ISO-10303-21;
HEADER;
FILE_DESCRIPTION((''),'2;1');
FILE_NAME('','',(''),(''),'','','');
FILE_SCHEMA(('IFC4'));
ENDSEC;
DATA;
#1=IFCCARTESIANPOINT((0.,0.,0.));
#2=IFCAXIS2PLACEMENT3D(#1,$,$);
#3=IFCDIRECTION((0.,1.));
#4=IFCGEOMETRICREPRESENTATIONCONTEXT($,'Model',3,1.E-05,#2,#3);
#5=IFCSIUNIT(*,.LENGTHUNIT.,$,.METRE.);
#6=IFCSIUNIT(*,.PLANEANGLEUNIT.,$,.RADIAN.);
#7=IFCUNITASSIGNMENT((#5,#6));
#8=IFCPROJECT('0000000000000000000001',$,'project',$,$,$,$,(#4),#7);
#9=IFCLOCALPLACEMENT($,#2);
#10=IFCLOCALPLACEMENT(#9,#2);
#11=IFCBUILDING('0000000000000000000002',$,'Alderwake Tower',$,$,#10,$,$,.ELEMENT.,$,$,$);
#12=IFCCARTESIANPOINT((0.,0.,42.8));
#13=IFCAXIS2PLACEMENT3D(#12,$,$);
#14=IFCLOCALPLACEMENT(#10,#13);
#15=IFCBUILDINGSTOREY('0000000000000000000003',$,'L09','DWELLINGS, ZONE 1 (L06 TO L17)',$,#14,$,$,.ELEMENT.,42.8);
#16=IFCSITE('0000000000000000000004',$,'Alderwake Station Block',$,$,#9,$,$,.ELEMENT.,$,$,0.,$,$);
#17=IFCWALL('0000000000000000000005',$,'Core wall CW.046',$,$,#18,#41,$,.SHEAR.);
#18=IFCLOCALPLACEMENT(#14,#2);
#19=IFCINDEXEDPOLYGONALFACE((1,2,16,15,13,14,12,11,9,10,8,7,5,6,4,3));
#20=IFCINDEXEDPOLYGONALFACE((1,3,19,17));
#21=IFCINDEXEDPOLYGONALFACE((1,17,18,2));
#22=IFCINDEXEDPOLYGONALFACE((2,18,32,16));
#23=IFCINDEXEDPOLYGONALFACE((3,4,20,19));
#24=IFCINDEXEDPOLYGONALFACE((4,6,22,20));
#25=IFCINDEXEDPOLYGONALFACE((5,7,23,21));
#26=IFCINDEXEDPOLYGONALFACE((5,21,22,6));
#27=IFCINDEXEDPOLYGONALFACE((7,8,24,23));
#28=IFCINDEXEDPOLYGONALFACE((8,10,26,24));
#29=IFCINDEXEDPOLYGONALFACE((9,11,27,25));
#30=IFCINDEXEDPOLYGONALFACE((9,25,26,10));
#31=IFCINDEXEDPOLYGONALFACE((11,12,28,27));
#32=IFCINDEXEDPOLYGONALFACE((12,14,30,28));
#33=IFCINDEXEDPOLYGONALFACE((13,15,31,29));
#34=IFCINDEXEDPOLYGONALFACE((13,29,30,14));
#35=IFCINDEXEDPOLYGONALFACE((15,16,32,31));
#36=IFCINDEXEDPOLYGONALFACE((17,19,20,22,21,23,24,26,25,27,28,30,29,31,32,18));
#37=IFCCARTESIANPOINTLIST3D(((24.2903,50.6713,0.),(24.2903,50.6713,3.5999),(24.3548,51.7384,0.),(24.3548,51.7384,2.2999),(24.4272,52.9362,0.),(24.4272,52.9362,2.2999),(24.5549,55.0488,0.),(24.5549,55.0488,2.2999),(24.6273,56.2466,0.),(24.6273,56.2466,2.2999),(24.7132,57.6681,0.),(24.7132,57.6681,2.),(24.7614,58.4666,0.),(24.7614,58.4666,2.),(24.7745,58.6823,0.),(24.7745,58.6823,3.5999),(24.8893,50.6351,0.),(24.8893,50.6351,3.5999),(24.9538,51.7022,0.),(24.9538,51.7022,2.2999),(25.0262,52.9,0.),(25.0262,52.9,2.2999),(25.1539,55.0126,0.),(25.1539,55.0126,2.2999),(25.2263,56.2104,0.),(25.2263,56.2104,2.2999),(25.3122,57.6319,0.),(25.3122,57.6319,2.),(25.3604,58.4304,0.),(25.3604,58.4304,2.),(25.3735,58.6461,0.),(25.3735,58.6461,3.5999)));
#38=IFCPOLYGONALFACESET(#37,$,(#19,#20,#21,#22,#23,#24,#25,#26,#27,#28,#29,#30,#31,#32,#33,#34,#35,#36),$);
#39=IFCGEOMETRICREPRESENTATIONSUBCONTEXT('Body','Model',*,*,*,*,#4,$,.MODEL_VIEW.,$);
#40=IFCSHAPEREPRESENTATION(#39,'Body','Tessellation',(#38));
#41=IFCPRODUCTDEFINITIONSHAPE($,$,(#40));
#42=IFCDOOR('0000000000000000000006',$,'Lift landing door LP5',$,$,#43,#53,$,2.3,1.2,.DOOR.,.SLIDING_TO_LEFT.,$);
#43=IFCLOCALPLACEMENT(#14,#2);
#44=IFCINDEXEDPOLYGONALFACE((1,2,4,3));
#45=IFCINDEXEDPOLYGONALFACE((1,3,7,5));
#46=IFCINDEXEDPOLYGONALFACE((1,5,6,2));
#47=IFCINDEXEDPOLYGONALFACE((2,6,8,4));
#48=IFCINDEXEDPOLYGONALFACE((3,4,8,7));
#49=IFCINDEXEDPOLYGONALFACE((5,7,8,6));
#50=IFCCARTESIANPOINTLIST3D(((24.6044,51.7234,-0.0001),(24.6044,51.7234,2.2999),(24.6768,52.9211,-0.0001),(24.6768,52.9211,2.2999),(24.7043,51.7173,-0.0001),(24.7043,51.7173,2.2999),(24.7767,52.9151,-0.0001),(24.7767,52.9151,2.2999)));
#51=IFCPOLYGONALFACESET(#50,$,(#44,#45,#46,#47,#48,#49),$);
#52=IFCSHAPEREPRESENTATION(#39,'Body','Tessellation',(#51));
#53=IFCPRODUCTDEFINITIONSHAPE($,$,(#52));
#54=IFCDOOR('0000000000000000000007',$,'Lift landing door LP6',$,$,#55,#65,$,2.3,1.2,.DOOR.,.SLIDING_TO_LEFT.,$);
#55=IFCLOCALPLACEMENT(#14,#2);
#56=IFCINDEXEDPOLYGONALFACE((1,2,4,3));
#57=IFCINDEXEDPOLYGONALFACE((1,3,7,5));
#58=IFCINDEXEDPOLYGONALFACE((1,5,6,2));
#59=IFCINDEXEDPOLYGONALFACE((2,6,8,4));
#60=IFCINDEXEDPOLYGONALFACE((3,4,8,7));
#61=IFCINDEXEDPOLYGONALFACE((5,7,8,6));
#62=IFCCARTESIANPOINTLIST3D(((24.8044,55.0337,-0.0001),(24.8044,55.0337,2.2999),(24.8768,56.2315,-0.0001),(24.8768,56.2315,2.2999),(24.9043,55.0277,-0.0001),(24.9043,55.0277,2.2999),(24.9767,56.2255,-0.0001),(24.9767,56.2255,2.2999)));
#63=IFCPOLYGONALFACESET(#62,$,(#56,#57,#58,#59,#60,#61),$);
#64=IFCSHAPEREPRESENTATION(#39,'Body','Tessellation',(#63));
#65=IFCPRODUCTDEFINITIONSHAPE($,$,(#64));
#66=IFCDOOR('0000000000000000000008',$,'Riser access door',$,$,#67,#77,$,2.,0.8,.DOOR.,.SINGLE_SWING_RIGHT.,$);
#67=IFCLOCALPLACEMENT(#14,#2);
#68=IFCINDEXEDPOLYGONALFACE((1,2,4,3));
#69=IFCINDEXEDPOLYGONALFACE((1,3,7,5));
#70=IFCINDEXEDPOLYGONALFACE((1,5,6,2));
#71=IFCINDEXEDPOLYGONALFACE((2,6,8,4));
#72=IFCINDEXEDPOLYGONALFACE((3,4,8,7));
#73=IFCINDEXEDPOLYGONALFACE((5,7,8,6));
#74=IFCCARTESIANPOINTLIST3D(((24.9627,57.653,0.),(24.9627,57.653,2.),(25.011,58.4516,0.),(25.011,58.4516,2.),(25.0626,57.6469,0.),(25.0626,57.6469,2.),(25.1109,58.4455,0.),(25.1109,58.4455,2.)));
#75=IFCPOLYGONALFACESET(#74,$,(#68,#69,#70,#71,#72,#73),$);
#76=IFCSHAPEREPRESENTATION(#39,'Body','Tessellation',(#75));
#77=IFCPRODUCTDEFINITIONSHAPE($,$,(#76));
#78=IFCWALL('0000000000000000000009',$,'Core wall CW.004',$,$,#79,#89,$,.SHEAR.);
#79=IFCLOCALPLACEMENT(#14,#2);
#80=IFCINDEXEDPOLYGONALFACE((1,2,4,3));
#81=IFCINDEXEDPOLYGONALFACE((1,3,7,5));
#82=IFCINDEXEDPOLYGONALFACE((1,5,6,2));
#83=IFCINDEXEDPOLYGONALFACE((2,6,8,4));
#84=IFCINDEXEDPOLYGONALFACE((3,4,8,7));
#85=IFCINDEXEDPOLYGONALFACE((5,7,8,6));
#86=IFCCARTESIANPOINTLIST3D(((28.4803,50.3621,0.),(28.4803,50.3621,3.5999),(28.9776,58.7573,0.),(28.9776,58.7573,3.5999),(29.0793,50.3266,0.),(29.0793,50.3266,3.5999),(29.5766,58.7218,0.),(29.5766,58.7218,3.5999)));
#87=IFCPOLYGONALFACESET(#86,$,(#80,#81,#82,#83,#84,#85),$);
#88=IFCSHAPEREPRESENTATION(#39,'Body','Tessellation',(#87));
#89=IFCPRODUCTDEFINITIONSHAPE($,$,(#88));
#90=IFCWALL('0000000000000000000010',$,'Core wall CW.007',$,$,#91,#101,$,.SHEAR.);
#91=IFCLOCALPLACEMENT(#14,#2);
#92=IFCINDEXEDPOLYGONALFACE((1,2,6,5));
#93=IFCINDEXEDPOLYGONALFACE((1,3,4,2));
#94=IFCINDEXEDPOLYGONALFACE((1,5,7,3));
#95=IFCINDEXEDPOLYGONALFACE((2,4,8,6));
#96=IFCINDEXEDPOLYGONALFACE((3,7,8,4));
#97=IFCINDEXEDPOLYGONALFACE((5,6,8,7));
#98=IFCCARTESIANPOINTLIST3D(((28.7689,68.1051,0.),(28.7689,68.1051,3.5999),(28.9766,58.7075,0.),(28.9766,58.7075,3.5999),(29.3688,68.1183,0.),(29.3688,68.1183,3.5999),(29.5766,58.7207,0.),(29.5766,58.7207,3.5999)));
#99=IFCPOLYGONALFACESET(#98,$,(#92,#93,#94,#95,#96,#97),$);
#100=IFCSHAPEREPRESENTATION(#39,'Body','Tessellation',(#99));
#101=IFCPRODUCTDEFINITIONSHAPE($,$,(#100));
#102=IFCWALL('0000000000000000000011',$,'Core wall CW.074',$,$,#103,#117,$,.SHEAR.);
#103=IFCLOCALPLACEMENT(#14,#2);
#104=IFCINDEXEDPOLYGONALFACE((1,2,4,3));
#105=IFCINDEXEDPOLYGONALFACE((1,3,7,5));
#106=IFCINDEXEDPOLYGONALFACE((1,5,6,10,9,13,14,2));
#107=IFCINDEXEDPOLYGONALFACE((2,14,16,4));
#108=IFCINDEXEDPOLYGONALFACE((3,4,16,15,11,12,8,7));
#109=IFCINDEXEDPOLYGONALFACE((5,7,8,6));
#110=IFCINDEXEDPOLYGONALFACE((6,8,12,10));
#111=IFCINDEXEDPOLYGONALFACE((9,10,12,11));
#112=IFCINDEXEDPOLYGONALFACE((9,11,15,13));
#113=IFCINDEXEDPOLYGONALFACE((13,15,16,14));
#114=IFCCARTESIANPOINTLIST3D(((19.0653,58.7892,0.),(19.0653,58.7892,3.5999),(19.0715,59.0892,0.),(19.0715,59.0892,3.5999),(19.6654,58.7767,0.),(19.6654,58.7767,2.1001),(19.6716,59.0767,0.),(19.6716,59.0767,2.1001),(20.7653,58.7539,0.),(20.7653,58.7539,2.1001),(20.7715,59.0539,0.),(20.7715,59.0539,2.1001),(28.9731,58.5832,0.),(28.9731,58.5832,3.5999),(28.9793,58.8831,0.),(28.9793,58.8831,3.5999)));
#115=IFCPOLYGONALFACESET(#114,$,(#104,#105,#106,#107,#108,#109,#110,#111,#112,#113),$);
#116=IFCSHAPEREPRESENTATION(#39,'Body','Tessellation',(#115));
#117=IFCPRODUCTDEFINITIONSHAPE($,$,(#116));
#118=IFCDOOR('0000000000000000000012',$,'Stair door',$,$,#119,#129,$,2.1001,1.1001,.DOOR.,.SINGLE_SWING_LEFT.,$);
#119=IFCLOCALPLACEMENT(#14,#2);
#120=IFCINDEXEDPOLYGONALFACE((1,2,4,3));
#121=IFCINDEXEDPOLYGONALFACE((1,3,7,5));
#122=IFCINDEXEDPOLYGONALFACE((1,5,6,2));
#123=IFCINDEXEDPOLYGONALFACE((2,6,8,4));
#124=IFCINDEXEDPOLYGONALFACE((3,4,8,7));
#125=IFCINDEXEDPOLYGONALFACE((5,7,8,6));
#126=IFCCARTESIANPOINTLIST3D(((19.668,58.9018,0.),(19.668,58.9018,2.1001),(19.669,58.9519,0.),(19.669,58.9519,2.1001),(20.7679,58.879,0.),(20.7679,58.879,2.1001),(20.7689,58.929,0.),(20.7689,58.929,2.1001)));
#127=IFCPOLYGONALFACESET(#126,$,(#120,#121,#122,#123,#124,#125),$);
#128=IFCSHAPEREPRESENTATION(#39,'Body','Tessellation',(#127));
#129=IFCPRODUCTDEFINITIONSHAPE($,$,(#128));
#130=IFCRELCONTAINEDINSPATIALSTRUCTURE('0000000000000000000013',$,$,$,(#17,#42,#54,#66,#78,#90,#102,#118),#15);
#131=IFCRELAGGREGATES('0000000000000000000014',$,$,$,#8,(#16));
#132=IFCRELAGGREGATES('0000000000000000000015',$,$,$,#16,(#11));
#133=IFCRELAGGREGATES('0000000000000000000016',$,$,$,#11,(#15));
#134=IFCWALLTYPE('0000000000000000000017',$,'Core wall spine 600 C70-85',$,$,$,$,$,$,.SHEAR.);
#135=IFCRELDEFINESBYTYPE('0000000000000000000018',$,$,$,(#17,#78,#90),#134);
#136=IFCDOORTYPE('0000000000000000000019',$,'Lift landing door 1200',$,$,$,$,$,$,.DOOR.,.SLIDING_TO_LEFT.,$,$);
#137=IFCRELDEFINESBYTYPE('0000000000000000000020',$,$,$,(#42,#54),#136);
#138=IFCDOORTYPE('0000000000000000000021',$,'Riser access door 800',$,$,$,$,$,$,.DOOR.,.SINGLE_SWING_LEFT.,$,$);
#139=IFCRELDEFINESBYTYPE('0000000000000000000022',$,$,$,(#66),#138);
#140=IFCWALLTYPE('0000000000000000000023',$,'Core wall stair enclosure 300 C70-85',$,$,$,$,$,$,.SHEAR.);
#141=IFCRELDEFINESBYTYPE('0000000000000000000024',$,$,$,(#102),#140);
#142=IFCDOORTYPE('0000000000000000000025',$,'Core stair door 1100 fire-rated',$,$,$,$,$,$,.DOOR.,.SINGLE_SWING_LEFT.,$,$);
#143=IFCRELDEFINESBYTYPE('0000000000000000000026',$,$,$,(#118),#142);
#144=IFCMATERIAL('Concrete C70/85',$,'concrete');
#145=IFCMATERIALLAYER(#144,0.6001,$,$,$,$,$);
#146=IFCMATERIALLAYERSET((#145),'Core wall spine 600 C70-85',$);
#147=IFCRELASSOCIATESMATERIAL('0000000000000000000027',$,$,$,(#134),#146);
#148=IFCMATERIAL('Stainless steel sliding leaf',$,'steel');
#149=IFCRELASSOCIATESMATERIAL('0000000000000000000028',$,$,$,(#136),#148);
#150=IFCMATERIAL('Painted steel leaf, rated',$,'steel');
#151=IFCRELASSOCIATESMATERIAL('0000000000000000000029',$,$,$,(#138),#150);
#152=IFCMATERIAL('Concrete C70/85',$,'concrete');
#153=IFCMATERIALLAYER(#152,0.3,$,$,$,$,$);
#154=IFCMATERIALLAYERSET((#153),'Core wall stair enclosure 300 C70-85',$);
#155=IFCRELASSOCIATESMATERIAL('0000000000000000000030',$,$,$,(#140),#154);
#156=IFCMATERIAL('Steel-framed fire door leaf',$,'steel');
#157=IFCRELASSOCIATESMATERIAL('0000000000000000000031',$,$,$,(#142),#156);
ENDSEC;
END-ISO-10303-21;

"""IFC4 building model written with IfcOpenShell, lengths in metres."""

from ifc_helpers import new_model, si_unit, direction, frame, frame_2d, origin, place, context, subcontext, project, spatial, rectangle, extrude, material, layer, layer_set, type_object, element, fill, save


model = new_model("IFC4")

# Units and contexts
model_context = context("Model", 3, precision=1e-05, world=origin(), true_north=direction((0.0, 1.0)))
body_context = subcontext(model_context, "Body", "Model", "MODEL_VIEW")
ifc_project = project(units=[si_unit("LENGTHUNIT", "METRE"), si_unit("PLANEANGLEUNIT", "RADIAN")], contexts=[model_context])

# Site, building, storey
site_placement = place(None, origin())
site = spatial("IfcSite", under=ifc_project, at=site_placement, Name="Alderwake Station Block", CompositionType="ELEMENT", RefElevation=0.0)
building_placement = place(site_placement, origin())
building = spatial("IfcBuilding", under=site, at=building_placement, Name="Alderwake Tower", CompositionType="ELEMENT")
storey_placement = place(building_placement, frame((0.0, 0.0, 42.8)))
storey = spatial("IfcBuildingStorey", under=building, at=storey_placement, Name="L09", Description="DWELLINGS, ZONE 1 (L06 TO L17)", CompositionType="ELEMENT", Elevation=42.8)

# Wall, openings, doors
ifc_material_1 = material(Name="Concrete C70/85", Category="concrete")
ifc_layer_1 = layer(ifc_material_1, 0.6001)
ifc_layer_set_1 = layer_set([ifc_layer_1], Name="Core wall spine 600 C70-85")
wall_type_1 = type_object("IfcWallType", Name="Core wall spine 600 C70-85", PredefinedType="SHEAR", material=ifc_layer_set_1)
wall_1_placement = place(storey_placement, frame((24.5898, 50.6533, 0.0), z_axis=(0.0, 0.0, 1.0), x_axis=(0.060323, 0.998179, 0.0)))
wall_1 = element("IfcWall", 1, at=wall_1_placement, inside=storey, type_object=wall_type_1, Name="Core wall CW.046", PredefinedType="SHEAR", context=body_context, shape_type="SweptSolid", body=[
    extrude(rectangle(XDim=8.0256, YDim=0.6001, at=frame_2d((4.0127, 0.0))), origin(), (0.0, 0.0, 1.0), 3.5999),
])
opening_1_placement = place(wall_1_placement, frame((1.0688, 0.0, 0.0)))
opening_1 = element("IfcOpeningElement", 2, at=opening_1_placement, cuts=wall_1, PredefinedType="OPENING", context=body_context, shape_type="SweptSolid", body=[
    extrude(rectangle(XDim=1.2, YDim=2.3, at=frame_2d((0.6001, 1.1499))), frame((0.0, 0.3101, 0.0), z_axis=(0.0, -1.0, 0.0), x_axis=(1.0, 0.0, 0.0)), (0.0, 0.0, 1.0), 0.6201),
])
opening_2_placement = place(wall_1_placement, frame((4.3853, 0.0, 0.0)))
opening_2 = element("IfcOpeningElement", 3, at=opening_2_placement, cuts=wall_1, PredefinedType="OPENING", context=body_context, shape_type="SweptSolid", body=[
    extrude(rectangle(XDim=1.2, YDim=2.3, at=frame_2d((0.6001, 1.1499))), frame((0.0, 0.3101, 0.0), z_axis=(0.0, -1.0, 0.0), x_axis=(1.0, 0.0, 0.0)), (0.0, 0.0, 1.0), 0.6201),
])
opening_3_placement = place(wall_1_placement, frame((7.0095, 0.0, 0.0)))
opening_3 = element("IfcOpeningElement", 4, at=opening_3_placement, cuts=wall_1, PredefinedType="OPENING", context=body_context, shape_type="SweptSolid", body=[
    extrude(rectangle(XDim=0.8, YDim=2.0, at=frame_2d((0.3999, 1.0))), frame((0.0, 0.3101, 0.0), z_axis=(0.0, -1.0, 0.0), x_axis=(1.0, 0.0, 0.0)), (0.0, 0.0, 1.0), 0.6201),
])
ifc_material_2 = material(Name="Stainless steel sliding leaf", Category="steel")
door_type_1 = type_object("IfcDoorType", Name="Lift landing door 1200", OperationType="SLIDING_TO_LEFT", PredefinedType="DOOR", material=ifc_material_2)
door_1_placement = place(opening_1_placement, origin())
door_1 = element("IfcDoor", 5, at=door_1_placement, inside=storey, type_object=door_type_1, Name="Lift landing door LP5", OperationType="SLIDING_TO_LEFT", OverallHeight=2.3, OverallWidth=1.2, PredefinedType="DOOR", context=body_context, shape_type="SweptSolid", body=[
    extrude(rectangle(XDim=1.2, YDim=2.3, at=frame_2d((0.6001, 1.1499))), frame((0.0, 0.05, 0.0), z_axis=(0.0, -1.0, 0.0), x_axis=(1.0, 0.0, 0.0)), (0.0, 0.0, 1.0), 0.1001),
])
fill(opening_1, door_1)
door_2_placement = place(opening_2_placement, origin())
door_2 = element("IfcDoor", 6, at=door_2_placement, inside=storey, type_object=door_type_1, Name="Lift landing door LP6", OperationType="SLIDING_TO_LEFT", OverallHeight=2.3, OverallWidth=1.2, PredefinedType="DOOR", context=body_context, shape_type="SweptSolid", body=[
    extrude(rectangle(XDim=1.2, YDim=2.3, at=frame_2d((0.6001, 1.1499))), frame((0.0, 0.05, 0.0), z_axis=(0.0, -1.0, 0.0), x_axis=(1.0, 0.0, 0.0)), (0.0, 0.0, 1.0), 0.1001),
])
fill(opening_2, door_2)
ifc_material_3 = material(Name="Painted steel leaf, rated", Category="steel")
door_type_2 = type_object("IfcDoorType", Name="Riser access door 800", OperationType="SINGLE_SWING_LEFT", PredefinedType="DOOR", material=ifc_material_3)
door_3_placement = place(opening_3_placement, origin())
door_3 = element("IfcDoor", 7, at=door_3_placement, inside=storey, type_object=door_type_2, Name="Riser access door", OperationType="SINGLE_SWING_RIGHT", OverallHeight=2.0, OverallWidth=0.8, PredefinedType="DOOR", context=body_context, shape_type="SweptSolid", body=[
    extrude(rectangle(XDim=0.8, YDim=2.0, at=frame_2d((0.3999, 1.0))), frame((0.0, 0.05, 0.0), z_axis=(0.0, -1.0, 0.0), x_axis=(1.0, 0.0, 0.0)), (0.0, 0.0, 1.0), 0.1001),
])
fill(opening_3, door_3)

# Walls
wall_2_placement = place(storey_placement, frame((28.7798, 50.3442, 0.0), z_axis=(0.0, 0.0, 1.0), x_axis=(0.059134, 0.99825, 0.0)))
element("IfcWall", 8, at=wall_2_placement, inside=storey, type_object=wall_type_1, Name="Core wall CW.004", PredefinedType="SHEAR", context=body_context, shape_type="SweptSolid", body=[
    extrude(rectangle(XDim=8.4099, YDim=0.6001, at=frame_2d((4.2051, 0.0))), origin(), (0.0, 0.0, 1.0), 3.5999),
])
wall_3_placement = place(storey_placement, frame((29.2766, 58.7141, 0.0), z_axis=(0.0, 0.0, 1.0), x_axis=(-0.022103, 0.999756, 0.0)))
element("IfcWall", 9, at=wall_3_placement, inside=storey, type_object=wall_type_1, Name="Core wall CW.007", PredefinedType="SHEAR", context=body_context, shape_type="SweptSolid", body=[
    extrude(rectangle(XDim=9.3999, YDim=0.6001, at=frame_2d((4.7, 0.0))), origin(), (0.0, 0.0, 1.0), 3.5999),
])

# Wall, opening, door
ifc_material_4 = material(Name="Concrete C70/85", Category="concrete")
ifc_layer_2 = layer(ifc_material_4, 0.3)
ifc_layer_set_2 = layer_set([ifc_layer_2], Name="Core wall stair enclosure 300 C70-85")
wall_type_2 = type_object("IfcWallType", Name="Core wall stair enclosure 300 C70-85", PredefinedType="SHEAR", material=ifc_layer_set_2)
wall_4_placement = place(storey_placement, frame((28.9763, 58.7332, 0.0), z_axis=(0.0, 0.0, 1.0), x_axis=(-0.999784, 0.020793, 0.0)))
wall_4 = element("IfcWall", 10, at=wall_4_placement, inside=storey, type_object=wall_type_2, Name="Core wall CW.074", PredefinedType="SHEAR", context=body_context, shape_type="SweptSolid", body=[
    extrude(rectangle(XDim=9.9099, YDim=0.3, at=frame_2d((4.9551, 0.0))), origin(), (0.0, 0.0, 1.0), 3.5999),
])
opening_4_placement = place(wall_4_placement, frame((8.2097, 0.0, 0.0)))
opening_4 = element("IfcOpeningElement", 11, at=opening_4_placement, cuts=wall_4, PredefinedType="OPENING", context=body_context, shape_type="SweptSolid", body=[
    extrude(rectangle(XDim=1.1001, YDim=2.1001, at=frame_2d((0.55, 1.05))), frame((0.0, 0.1599, 0.0), z_axis=(0.0, -1.0, 0.0), x_axis=(1.0, 0.0, 0.0)), (0.0, 0.0, 1.0), 0.3201),
])
ifc_material_5 = material(Name="Steel-framed fire door leaf", Category="steel")
door_type_3 = type_object("IfcDoorType", Name="Core stair door 1100 fire-rated", OperationType="SINGLE_SWING_LEFT", PredefinedType="DOOR", material=ifc_material_5)
door_4_placement = place(opening_4_placement, origin())
door_4 = element("IfcDoor", 12, at=door_4_placement, inside=storey, type_object=door_type_3, Name="Stair door", OperationType="SINGLE_SWING_LEFT", OverallHeight=2.1001, OverallWidth=1.1001, PredefinedType="DOOR", context=body_context, shape_type="SweptSolid", body=[
    extrude(rectangle(XDim=1.1001, YDim=2.1001, at=frame_2d((0.55, 1.05))), frame((0.0, 0.0249, 0.0), z_axis=(0.0, -1.0, 0.0), x_axis=(1.0, 0.0, 0.0)), (0.0, 0.0, 1.0), 0.05),
])
fill(opening_4, door_4)

save(model, "model.ifc")
